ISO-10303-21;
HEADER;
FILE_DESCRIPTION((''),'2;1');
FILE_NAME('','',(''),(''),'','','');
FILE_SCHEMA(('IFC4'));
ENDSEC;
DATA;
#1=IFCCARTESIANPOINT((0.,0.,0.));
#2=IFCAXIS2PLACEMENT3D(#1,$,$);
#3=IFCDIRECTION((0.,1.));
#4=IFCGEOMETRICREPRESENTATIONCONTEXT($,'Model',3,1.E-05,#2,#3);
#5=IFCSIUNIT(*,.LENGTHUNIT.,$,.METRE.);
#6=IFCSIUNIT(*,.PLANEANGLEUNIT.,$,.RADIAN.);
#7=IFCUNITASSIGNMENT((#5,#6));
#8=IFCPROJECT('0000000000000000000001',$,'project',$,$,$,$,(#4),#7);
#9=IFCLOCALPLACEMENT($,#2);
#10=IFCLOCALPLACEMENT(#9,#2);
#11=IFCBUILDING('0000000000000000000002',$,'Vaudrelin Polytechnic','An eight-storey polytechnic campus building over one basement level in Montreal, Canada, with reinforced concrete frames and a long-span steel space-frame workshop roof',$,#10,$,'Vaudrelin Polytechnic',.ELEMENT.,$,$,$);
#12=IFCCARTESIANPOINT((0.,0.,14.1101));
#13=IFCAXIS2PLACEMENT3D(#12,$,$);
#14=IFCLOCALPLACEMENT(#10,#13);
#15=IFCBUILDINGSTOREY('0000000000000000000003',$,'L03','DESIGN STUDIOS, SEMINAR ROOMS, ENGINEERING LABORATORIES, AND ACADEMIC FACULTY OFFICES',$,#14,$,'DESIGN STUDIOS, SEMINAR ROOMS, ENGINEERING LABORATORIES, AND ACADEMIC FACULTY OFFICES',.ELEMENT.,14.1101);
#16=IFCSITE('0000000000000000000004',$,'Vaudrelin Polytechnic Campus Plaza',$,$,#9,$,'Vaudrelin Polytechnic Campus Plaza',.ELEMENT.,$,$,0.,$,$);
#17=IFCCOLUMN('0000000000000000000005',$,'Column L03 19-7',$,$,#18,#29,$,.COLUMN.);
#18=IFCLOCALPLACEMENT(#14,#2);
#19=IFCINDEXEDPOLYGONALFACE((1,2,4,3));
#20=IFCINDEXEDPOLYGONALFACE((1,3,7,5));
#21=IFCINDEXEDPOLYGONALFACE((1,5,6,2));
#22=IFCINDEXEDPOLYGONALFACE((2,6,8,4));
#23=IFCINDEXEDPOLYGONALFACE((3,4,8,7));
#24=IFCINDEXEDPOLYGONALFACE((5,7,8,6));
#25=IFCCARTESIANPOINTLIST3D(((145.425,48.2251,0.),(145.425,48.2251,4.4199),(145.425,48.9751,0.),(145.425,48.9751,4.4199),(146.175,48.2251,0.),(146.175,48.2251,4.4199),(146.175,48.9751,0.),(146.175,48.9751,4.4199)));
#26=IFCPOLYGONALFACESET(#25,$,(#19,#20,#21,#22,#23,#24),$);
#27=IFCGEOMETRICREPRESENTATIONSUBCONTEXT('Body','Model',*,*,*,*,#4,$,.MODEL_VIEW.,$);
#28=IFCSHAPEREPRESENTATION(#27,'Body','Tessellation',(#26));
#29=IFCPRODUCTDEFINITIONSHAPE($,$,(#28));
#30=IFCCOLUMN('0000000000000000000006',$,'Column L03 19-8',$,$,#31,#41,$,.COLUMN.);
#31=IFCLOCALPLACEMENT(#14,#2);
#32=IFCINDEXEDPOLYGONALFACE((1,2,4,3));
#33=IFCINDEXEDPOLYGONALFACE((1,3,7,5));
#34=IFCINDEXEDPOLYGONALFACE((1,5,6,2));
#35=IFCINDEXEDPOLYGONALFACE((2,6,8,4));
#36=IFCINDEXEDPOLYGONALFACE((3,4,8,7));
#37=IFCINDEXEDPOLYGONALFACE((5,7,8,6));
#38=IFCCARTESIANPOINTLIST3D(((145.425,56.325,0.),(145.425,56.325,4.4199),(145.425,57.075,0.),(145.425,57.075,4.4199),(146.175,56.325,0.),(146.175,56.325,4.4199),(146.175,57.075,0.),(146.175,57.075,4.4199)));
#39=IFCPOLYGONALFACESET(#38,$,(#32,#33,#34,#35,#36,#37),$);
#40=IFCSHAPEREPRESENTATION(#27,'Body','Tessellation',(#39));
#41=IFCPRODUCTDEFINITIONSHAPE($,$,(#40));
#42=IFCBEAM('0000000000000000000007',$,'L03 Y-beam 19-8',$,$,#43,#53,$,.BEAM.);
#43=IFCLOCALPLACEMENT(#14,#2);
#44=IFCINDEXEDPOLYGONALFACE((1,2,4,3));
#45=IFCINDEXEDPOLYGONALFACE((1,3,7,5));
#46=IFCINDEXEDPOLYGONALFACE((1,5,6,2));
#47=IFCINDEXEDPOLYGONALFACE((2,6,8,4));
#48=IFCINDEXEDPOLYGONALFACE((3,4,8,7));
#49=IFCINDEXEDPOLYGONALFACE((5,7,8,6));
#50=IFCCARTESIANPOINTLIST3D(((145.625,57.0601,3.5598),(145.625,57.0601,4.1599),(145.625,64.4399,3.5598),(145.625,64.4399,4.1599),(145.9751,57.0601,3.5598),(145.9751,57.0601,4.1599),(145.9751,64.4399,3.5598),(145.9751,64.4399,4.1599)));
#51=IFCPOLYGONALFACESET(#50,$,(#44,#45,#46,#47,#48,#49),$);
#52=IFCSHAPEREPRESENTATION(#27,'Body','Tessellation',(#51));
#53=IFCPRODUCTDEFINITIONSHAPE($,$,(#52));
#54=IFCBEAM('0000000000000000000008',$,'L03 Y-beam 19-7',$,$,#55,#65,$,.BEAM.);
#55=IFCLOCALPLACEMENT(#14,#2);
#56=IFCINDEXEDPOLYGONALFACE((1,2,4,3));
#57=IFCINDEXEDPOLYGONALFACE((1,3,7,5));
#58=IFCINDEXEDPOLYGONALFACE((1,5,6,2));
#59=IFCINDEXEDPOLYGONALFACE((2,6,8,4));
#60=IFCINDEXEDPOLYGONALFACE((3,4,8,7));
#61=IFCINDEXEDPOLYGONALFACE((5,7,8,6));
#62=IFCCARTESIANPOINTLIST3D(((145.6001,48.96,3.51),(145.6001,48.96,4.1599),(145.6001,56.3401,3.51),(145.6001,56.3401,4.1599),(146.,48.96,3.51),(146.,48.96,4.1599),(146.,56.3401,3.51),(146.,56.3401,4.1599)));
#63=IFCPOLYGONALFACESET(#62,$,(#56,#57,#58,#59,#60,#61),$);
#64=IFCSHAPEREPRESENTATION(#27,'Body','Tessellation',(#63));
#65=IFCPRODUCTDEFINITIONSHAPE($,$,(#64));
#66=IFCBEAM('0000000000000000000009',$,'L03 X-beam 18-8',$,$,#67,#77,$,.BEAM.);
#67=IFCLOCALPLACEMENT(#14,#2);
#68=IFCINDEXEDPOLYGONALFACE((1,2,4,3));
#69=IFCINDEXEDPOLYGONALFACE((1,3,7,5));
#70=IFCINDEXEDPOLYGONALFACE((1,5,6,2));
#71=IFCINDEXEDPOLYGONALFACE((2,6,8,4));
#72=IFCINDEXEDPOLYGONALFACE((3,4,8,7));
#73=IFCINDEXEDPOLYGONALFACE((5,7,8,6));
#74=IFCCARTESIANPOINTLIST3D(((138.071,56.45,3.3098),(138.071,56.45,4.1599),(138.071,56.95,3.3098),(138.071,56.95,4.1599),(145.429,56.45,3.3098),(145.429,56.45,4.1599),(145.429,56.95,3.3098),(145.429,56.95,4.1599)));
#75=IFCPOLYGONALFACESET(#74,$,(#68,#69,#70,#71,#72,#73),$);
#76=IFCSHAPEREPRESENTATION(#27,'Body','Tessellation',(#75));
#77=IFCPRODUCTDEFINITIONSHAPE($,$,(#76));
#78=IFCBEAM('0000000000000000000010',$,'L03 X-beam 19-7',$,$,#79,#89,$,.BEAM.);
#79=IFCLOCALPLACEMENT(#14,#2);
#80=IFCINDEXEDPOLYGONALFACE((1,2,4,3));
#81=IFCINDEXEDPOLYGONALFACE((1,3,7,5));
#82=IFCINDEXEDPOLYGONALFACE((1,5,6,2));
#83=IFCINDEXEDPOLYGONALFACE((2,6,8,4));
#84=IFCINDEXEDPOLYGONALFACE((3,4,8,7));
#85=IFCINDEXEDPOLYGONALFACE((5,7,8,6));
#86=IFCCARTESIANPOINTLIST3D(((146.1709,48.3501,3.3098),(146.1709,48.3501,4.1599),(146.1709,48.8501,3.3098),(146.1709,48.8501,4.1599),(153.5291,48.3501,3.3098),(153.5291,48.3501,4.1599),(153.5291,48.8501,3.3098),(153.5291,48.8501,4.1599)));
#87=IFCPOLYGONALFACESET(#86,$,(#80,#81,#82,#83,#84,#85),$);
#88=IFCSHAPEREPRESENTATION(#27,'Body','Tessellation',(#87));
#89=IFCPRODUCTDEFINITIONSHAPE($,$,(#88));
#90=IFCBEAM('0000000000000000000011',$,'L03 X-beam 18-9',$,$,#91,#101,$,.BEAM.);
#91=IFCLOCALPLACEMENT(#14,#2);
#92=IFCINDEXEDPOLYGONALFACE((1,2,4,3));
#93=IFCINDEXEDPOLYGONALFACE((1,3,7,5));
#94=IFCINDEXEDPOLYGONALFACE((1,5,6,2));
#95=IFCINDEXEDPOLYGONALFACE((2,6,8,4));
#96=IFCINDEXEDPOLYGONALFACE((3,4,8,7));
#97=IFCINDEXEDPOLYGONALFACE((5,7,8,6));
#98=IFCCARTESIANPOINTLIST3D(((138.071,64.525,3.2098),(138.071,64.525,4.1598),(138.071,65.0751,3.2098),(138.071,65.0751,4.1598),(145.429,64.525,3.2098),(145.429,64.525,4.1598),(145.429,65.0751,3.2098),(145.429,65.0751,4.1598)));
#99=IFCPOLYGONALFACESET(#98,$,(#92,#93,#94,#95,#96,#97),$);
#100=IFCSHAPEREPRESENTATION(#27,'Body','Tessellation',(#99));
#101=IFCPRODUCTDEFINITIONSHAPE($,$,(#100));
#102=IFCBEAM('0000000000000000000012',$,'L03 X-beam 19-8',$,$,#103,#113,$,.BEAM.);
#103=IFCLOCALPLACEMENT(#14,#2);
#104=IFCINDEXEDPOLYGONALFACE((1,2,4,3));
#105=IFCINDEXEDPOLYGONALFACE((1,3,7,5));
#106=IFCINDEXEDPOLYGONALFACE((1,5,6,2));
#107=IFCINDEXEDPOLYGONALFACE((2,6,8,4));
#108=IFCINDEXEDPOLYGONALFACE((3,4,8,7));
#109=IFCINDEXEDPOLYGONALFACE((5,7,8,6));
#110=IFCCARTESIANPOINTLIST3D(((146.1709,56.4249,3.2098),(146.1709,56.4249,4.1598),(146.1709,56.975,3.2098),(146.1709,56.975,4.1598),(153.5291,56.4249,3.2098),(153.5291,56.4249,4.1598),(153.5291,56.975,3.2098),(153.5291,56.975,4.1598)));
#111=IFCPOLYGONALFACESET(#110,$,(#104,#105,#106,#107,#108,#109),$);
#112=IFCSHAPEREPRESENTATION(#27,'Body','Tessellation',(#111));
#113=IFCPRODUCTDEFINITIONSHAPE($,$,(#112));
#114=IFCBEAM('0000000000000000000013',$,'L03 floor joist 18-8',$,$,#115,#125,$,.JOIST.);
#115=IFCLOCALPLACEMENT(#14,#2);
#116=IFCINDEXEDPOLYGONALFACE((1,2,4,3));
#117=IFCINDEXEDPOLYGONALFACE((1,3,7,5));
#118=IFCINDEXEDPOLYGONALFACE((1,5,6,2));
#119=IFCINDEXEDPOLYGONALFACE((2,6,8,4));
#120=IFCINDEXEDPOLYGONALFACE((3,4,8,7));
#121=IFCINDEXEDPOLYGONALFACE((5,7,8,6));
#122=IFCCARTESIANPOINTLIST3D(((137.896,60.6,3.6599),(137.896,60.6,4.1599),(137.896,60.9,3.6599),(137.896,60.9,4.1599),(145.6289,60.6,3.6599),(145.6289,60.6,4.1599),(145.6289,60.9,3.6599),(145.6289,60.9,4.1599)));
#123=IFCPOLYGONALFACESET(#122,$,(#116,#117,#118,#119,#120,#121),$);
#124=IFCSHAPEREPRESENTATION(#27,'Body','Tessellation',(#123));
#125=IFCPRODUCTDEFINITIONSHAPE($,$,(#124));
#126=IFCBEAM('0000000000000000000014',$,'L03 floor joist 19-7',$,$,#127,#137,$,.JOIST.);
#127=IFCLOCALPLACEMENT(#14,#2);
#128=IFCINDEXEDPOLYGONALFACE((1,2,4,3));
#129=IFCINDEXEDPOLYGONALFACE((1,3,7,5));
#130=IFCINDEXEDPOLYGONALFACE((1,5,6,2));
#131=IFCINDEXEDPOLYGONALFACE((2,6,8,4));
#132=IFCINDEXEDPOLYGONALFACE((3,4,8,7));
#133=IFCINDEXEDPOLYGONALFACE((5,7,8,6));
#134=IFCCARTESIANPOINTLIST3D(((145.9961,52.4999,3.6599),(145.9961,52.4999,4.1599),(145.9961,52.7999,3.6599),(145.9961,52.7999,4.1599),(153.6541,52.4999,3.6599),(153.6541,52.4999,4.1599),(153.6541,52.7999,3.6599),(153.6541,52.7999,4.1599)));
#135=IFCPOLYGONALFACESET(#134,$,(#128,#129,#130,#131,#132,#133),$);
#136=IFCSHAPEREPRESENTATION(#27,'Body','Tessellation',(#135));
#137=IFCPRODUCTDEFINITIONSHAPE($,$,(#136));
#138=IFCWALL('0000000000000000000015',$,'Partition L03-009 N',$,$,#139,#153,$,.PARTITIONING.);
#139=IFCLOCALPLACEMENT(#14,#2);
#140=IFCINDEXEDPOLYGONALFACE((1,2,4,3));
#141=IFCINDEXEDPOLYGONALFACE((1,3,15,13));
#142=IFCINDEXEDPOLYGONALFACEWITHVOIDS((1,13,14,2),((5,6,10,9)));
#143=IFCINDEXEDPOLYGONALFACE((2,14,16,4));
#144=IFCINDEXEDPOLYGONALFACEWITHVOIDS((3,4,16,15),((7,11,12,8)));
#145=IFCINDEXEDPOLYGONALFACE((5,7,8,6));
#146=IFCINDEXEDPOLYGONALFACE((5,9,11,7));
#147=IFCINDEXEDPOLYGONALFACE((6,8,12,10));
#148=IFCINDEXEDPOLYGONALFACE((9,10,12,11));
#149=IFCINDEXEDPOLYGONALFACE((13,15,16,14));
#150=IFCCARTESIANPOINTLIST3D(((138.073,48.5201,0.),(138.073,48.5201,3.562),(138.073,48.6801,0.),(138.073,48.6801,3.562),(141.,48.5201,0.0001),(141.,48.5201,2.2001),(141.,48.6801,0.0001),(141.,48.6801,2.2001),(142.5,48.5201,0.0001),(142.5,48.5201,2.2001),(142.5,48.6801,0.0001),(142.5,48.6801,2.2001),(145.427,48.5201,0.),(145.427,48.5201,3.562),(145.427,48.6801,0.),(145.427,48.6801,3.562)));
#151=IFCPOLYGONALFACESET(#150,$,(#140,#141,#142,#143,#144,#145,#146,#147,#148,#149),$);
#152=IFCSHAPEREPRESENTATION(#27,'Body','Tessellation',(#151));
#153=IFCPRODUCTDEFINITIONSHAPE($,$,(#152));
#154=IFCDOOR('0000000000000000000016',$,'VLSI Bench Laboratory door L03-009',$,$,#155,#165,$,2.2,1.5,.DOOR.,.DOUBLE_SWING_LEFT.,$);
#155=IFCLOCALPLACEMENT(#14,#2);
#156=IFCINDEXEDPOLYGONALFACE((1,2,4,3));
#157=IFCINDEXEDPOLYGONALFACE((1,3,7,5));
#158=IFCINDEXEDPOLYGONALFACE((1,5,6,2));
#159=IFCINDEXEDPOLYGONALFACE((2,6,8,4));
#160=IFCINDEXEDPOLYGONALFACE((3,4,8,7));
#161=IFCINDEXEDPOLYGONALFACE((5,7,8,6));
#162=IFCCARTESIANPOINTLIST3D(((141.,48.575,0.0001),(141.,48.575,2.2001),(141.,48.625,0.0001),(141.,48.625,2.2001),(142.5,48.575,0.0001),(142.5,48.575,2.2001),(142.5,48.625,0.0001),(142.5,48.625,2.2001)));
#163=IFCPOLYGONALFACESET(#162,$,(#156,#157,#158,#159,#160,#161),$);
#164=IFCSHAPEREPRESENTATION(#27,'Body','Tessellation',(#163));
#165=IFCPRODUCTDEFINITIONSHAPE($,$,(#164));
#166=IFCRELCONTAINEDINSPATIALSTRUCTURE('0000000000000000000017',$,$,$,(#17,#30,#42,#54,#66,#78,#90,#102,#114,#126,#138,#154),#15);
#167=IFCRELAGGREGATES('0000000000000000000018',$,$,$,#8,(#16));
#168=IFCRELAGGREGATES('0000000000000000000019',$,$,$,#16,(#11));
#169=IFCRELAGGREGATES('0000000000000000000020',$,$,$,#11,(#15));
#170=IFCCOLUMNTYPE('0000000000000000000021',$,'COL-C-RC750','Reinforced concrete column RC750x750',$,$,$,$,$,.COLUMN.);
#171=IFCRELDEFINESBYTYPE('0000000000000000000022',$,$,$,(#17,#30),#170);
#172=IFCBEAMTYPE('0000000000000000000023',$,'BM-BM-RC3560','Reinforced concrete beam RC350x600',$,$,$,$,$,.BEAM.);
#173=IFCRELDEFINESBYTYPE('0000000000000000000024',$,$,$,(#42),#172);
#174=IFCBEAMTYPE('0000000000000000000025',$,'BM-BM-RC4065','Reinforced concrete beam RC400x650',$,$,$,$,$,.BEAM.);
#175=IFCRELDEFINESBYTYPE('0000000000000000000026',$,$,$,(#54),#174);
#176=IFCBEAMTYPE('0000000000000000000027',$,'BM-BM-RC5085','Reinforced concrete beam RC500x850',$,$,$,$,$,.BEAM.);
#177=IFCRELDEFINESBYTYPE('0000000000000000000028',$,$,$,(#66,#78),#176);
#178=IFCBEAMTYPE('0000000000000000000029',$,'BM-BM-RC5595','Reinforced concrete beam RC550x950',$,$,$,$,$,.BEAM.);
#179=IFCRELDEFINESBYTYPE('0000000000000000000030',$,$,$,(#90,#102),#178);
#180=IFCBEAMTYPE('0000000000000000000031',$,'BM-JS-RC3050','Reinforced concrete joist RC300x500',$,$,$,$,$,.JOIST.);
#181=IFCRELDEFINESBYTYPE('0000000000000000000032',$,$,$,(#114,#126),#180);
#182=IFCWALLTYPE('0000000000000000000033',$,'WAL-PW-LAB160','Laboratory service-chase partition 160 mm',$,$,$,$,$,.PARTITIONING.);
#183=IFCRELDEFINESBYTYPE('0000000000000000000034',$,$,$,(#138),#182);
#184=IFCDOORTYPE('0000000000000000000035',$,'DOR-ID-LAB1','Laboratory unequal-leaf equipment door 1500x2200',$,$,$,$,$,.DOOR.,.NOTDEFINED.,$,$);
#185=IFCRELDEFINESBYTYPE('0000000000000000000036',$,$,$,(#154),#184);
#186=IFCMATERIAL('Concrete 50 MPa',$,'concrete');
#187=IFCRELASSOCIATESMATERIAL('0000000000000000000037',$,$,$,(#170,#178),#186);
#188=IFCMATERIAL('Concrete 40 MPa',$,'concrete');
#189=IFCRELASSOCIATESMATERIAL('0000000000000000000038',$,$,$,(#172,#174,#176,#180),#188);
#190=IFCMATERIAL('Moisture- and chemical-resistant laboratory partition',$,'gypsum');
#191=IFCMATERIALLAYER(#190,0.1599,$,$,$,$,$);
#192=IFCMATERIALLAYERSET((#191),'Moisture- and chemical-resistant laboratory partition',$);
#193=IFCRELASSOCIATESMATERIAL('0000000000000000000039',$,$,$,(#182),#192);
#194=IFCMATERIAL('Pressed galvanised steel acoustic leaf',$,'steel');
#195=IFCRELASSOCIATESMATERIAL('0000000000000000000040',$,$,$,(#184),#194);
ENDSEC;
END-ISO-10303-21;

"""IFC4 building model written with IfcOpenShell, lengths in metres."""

from ifc_helpers import new_model, si_unit, direction, frame, frame_2d, origin, origin_2d, place, context, subcontext, project, spatial, rectangle, extrude, material, layer, layer_set, material_profile, profile_set, type_object, element, fill, save


model = new_model("IFC4")

# Units and contexts
model_context = context("Model", 3, precision=1e-05, world=origin(), true_north=direction((0.0, 1.0)))
body_context = subcontext(model_context, "Body", "Model", "MODEL_VIEW")
ifc_project = project(units=[si_unit("LENGTHUNIT", "METRE"), si_unit("PLANEANGLEUNIT", "RADIAN")], contexts=[model_context])

# Site, building, storey
site_placement = place(None, origin())
site = spatial("IfcSite", under=ifc_project, at=site_placement, Name="Vaudrelin Polytechnic Campus Plaza", LongName="Vaudrelin Polytechnic Campus Plaza", CompositionType="ELEMENT", RefElevation=0.0)
building_placement = place(site_placement, origin())
building = spatial("IfcBuilding", under=site, at=building_placement, Name="Vaudrelin Polytechnic", Description="An eight-storey polytechnic campus building over one basement level in Montreal, Canada, with reinforced concrete frames and a long-span steel space-frame workshop roof", LongName="Vaudrelin Polytechnic", CompositionType="ELEMENT")
storey_placement = place(building_placement, frame((0.0, 0.0, 14.1101)))
storey = spatial("IfcBuildingStorey", under=building, at=storey_placement, Name="L03", Description="DESIGN STUDIOS, SEMINAR ROOMS, ENGINEERING LABORATORIES, AND ACADEMIC FACULTY OFFICES", LongName="DESIGN STUDIOS, SEMINAR ROOMS, ENGINEERING LABORATORIES, AND ACADEMIC FACULTY OFFICES", CompositionType="ELEMENT", Elevation=14.1101)

# Columns
ifc_material_1 = material(Name="Concrete 50 MPa", Category="concrete")
ifc_material_profile_1 = material_profile(ifc_material_1, rectangle(XDim=0.75, YDim=0.75, at=origin_2d()), Name="RC750x750")
ifc_profile_set_1 = profile_set([ifc_material_profile_1], Name="Concrete 50 MPa")
column_type = type_object("IfcColumnType", Name="COL-C-RC750", Description="Reinforced concrete column RC750x750", PredefinedType="COLUMN", material=ifc_profile_set_1)
for number, where, z_axis, x_axis, name in (
    (1, (145.8, 48.6001, 0.0), (0.0, 0.0, 1.0), (1.0, 0.0, 0.0), "Column L03 19-7"),
    (2, (145.8, 56.7, 0.0), (0.0, 0.0, 1.0), (1.0, 0.0, 0.0), "Column L03 19-8"),
):
    element("IfcColumn", number, at=place(storey_placement, frame(where, z_axis=z_axis, x_axis=x_axis)), inside=storey, type_object=column_type, Name=name, PredefinedType="COLUMN", context=body_context, shape_type="SweptSolid", body=[
        extrude(rectangle(XDim=0.75, YDim=0.75, at=origin_2d()), origin(), (0.0, 0.0, 1.0), 4.4199),
    ])

# Beams
ifc_material_2 = material(Name="Concrete 40 MPa", Category="concrete")
ifc_material_profile_2 = material_profile(ifc_material_2, rectangle(XDim=0.3501, YDim=0.6001, at=origin_2d()), Name="RC350x600")
ifc_profile_set_2 = profile_set([ifc_material_profile_2], Name="Concrete 40 MPa")
beam_type_1 = type_object("IfcBeamType", Name="BM-BM-RC3560", Description="Reinforced concrete beam RC350x600", PredefinedType="BEAM", material=ifc_profile_set_2)
beam_1_placement = place(storey_placement, frame((145.8, 57.0601, 3.8599), z_axis=(0.0, 1.0, 0.0), x_axis=(-1.0, 0.0, 0.0)))
element("IfcBeam", 3, at=beam_1_placement, inside=storey, type_object=beam_type_1, Name="L03 Y-beam 19-8", PredefinedType="BEAM", context=body_context, shape_type="SweptSolid", body=[
    extrude(rectangle(XDim=0.3501, YDim=0.6001, at=origin_2d()), origin(), (0.0, 0.0, 1.0), 7.3799),
])
ifc_material_profile_3 = material_profile(ifc_material_2, rectangle(XDim=0.3999, YDim=0.6499, at=origin_2d()), Name="RC400x650")
ifc_profile_set_3 = profile_set([ifc_material_profile_3], Name="Concrete 40 MPa")
beam_type_2 = type_object("IfcBeamType", Name="BM-BM-RC4065", Description="Reinforced concrete beam RC400x650", PredefinedType="BEAM", material=ifc_profile_set_3)
beam_2_placement = place(storey_placement, frame((145.8, 48.96, 3.835), z_axis=(0.0, 1.0, 0.0), x_axis=(-1.0, 0.0, 0.0)))
element("IfcBeam", 4, at=beam_2_placement, inside=storey, type_object=beam_type_2, Name="L03 Y-beam 19-7", PredefinedType="BEAM", context=body_context, shape_type="SweptSolid", body=[
    extrude(rectangle(XDim=0.3999, YDim=0.6499, at=origin_2d()), origin(), (0.0, 0.0, 1.0), 7.3801),
])
ifc_material_profile_4 = material_profile(ifc_material_2, rectangle(XDim=0.5, YDim=0.8501, at=origin_2d()), Name="RC500x850")
ifc_profile_set_4 = profile_set([ifc_material_profile_4], Name="Concrete 40 MPa")
beam_type_3 = type_object("IfcBeamType", Name="BM-BM-RC5085", Description="Reinforced concrete beam RC500x850", PredefinedType="BEAM", material=ifc_profile_set_4)
beam_3_placement = place(storey_placement, frame((138.071, 56.7, 3.7349), z_axis=(1.0, 0.0, 0.0), x_axis=(0.0, 1.0, 0.0)))
element("IfcBeam", 5, at=beam_3_placement, inside=storey, type_object=beam_type_3, Name="L03 X-beam 18-8", PredefinedType="BEAM", context=body_context, shape_type="SweptSolid", body=[
    extrude(rectangle(XDim=0.5, YDim=0.8501, at=origin_2d()), origin(), (0.0, 0.0, 1.0), 7.3579),
])
beam_4_placement = place(storey_placement, frame((146.1709, 48.6001, 3.7349), z_axis=(1.0, 0.0, 0.0), x_axis=(0.0, 1.0, 0.0)))
element("IfcBeam", 6, at=beam_4_placement, inside=storey, type_object=beam_type_3, Name="L03 X-beam 19-7", PredefinedType="BEAM", context=body_context, shape_type="SweptSolid", body=[
    extrude(rectangle(XDim=0.5, YDim=0.8501, at=origin_2d()), origin(), (0.0, 0.0, 1.0), 7.3582),
])
ifc_material_profile_5 = material_profile(ifc_material_1, rectangle(XDim=0.55, YDim=0.95, at=origin_2d()), Name="RC550x950")
ifc_profile_set_5 = profile_set([ifc_material_profile_5], Name="Concrete 50 MPa")
beam_type_4 = type_object("IfcBeamType", Name="BM-BM-RC5595", Description="Reinforced concrete beam RC550x950", PredefinedType="BEAM", material=ifc_profile_set_5)
beam_5_placement = place(storey_placement, frame((138.071, 64.8, 3.6848), z_axis=(1.0, 0.0, 0.0), x_axis=(0.0, 1.0, 0.0)))
element("IfcBeam", 7, at=beam_5_placement, inside=storey, type_object=beam_type_4, Name="L03 X-beam 18-9", PredefinedType="BEAM", context=body_context, shape_type="SweptSolid", body=[
    extrude(rectangle(XDim=0.55, YDim=0.95, at=origin_2d()), origin(), (0.0, 0.0, 1.0), 7.3579),
])
beam_6_placement = place(storey_placement, frame((146.1709, 56.7, 3.6848), z_axis=(1.0, 0.0, 0.0), x_axis=(0.0, 1.0, 0.0)))
element("IfcBeam", 8, at=beam_6_placement, inside=storey, type_object=beam_type_4, Name="L03 X-beam 19-8", PredefinedType="BEAM", context=body_context, shape_type="SweptSolid", body=[
    extrude(rectangle(XDim=0.55, YDim=0.95, at=origin_2d()), origin(), (0.0, 0.0, 1.0), 7.3582),
])
ifc_material_profile_6 = material_profile(ifc_material_2, rectangle(XDim=0.3, YDim=0.5, at=origin_2d()), Name="RC300x500")
ifc_profile_set_6 = profile_set([ifc_material_profile_6], Name="Concrete 40 MPa")
beam_type_5 = type_object("IfcBeamType", Name="BM-JS-RC3050", Description="Reinforced concrete joist RC300x500", PredefinedType="JOIST", material=ifc_profile_set_6)
beam_7_placement = place(storey_placement, frame((137.896, 60.75, 3.9099), z_axis=(1.0, 0.0, 0.0), x_axis=(0.0, 1.0, 0.0)))
element("IfcBeam", 9, at=beam_7_placement, inside=storey, type_object=beam_type_5, Name="L03 floor joist 18-8", PredefinedType="JOIST", context=body_context, shape_type="SweptSolid", body=[
    extrude(rectangle(XDim=0.3, YDim=0.5, at=origin_2d()), origin(), (0.0, 0.0, 1.0), 7.7329),
])
beam_8_placement = place(storey_placement, frame((145.9961, 52.6499, 3.9099), z_axis=(1.0, 0.0, 0.0), x_axis=(0.0, 1.0, 0.0)))
element("IfcBeam", 10, at=beam_8_placement, inside=storey, type_object=beam_type_5, Name="L03 floor joist 19-7", PredefinedType="JOIST", context=body_context, shape_type="SweptSolid", body=[
    extrude(rectangle(XDim=0.3, YDim=0.5, at=origin_2d()), origin(), (0.0, 0.0, 1.0), 7.658),
])

# Wall, opening, door
ifc_material_3 = material(Name="Moisture- and chemical-resistant laboratory partition", Category="gypsum")
ifc_layer_1 = layer(ifc_material_3, 0.1599)
ifc_layer_set_1 = layer_set([ifc_layer_1], Name="Moisture- and chemical-resistant laboratory partition")
wall_type_1 = type_object("IfcWallType", Name="WAL-PW-LAB160", Description="Laboratory service-chase partition 160 mm", PredefinedType="PARTITIONING", material=ifc_layer_set_1)
wall_1_placement = place(storey_placement, frame((138.073, 48.6001, 0.0), z_axis=(0.0, 0.0, 1.0), x_axis=(1.0, 0.0, 0.0)))
wall_1 = element("IfcWall", 11, at=wall_1_placement, inside=storey, type_object=wall_type_1, Name="Partition L03-009 N", PredefinedType="PARTITIONING", context=body_context, shape_type="SweptSolid", body=[
    extrude(rectangle(XDim=7.354, YDim=0.1599, at=frame_2d((3.677, 0.0))), origin(), (0.0, 0.0, 1.0), 3.562),
])
opening_1_placement = place(wall_1_placement, frame((2.927, 0.0, 0.0)))
opening_1 = element("IfcOpeningElement", 12, at=opening_1_placement, cuts=wall_1, PredefinedType="OPENING", context=body_context, shape_type="SweptSolid", body=[
    extrude(rectangle(XDim=1.5, YDim=2.2, at=frame_2d((0.75, 1.1001))), frame((0.0, 0.0898, 0.0), z_axis=(0.0, -1.0, 0.0), x_axis=(1.0, 0.0, 0.0)), (0.0, 0.0, 1.0), 0.1799),
])
ifc_material_4 = material(Name="Pressed galvanised steel acoustic leaf", Category="steel")
door_type_1 = type_object("IfcDoorType", Name="DOR-ID-LAB1", Description="Laboratory unequal-leaf equipment door 1500x2200", OperationType="NOTDEFINED", PredefinedType="DOOR", material=ifc_material_4)
door_1_placement = place(opening_1_placement, origin())
door_1 = element("IfcDoor", 13, at=door_1_placement, inside=storey, type_object=door_type_1, Name="VLSI Bench Laboratory door L03-009", OperationType="DOUBLE_SWING_LEFT", OverallHeight=2.2, OverallWidth=1.5, PredefinedType="DOOR", context=body_context, shape_type="SweptSolid", body=[
    extrude(rectangle(XDim=1.5, YDim=2.2, at=frame_2d((0.75, 1.1001))), frame((0.0, 0.0249, 0.0), z_axis=(0.0, -1.0, 0.0), x_axis=(1.0, 0.0, 0.0)), (0.0, 0.0, 1.0), 0.05),
])
fill(opening_1, door_1)

save(model, "model.ifc")
